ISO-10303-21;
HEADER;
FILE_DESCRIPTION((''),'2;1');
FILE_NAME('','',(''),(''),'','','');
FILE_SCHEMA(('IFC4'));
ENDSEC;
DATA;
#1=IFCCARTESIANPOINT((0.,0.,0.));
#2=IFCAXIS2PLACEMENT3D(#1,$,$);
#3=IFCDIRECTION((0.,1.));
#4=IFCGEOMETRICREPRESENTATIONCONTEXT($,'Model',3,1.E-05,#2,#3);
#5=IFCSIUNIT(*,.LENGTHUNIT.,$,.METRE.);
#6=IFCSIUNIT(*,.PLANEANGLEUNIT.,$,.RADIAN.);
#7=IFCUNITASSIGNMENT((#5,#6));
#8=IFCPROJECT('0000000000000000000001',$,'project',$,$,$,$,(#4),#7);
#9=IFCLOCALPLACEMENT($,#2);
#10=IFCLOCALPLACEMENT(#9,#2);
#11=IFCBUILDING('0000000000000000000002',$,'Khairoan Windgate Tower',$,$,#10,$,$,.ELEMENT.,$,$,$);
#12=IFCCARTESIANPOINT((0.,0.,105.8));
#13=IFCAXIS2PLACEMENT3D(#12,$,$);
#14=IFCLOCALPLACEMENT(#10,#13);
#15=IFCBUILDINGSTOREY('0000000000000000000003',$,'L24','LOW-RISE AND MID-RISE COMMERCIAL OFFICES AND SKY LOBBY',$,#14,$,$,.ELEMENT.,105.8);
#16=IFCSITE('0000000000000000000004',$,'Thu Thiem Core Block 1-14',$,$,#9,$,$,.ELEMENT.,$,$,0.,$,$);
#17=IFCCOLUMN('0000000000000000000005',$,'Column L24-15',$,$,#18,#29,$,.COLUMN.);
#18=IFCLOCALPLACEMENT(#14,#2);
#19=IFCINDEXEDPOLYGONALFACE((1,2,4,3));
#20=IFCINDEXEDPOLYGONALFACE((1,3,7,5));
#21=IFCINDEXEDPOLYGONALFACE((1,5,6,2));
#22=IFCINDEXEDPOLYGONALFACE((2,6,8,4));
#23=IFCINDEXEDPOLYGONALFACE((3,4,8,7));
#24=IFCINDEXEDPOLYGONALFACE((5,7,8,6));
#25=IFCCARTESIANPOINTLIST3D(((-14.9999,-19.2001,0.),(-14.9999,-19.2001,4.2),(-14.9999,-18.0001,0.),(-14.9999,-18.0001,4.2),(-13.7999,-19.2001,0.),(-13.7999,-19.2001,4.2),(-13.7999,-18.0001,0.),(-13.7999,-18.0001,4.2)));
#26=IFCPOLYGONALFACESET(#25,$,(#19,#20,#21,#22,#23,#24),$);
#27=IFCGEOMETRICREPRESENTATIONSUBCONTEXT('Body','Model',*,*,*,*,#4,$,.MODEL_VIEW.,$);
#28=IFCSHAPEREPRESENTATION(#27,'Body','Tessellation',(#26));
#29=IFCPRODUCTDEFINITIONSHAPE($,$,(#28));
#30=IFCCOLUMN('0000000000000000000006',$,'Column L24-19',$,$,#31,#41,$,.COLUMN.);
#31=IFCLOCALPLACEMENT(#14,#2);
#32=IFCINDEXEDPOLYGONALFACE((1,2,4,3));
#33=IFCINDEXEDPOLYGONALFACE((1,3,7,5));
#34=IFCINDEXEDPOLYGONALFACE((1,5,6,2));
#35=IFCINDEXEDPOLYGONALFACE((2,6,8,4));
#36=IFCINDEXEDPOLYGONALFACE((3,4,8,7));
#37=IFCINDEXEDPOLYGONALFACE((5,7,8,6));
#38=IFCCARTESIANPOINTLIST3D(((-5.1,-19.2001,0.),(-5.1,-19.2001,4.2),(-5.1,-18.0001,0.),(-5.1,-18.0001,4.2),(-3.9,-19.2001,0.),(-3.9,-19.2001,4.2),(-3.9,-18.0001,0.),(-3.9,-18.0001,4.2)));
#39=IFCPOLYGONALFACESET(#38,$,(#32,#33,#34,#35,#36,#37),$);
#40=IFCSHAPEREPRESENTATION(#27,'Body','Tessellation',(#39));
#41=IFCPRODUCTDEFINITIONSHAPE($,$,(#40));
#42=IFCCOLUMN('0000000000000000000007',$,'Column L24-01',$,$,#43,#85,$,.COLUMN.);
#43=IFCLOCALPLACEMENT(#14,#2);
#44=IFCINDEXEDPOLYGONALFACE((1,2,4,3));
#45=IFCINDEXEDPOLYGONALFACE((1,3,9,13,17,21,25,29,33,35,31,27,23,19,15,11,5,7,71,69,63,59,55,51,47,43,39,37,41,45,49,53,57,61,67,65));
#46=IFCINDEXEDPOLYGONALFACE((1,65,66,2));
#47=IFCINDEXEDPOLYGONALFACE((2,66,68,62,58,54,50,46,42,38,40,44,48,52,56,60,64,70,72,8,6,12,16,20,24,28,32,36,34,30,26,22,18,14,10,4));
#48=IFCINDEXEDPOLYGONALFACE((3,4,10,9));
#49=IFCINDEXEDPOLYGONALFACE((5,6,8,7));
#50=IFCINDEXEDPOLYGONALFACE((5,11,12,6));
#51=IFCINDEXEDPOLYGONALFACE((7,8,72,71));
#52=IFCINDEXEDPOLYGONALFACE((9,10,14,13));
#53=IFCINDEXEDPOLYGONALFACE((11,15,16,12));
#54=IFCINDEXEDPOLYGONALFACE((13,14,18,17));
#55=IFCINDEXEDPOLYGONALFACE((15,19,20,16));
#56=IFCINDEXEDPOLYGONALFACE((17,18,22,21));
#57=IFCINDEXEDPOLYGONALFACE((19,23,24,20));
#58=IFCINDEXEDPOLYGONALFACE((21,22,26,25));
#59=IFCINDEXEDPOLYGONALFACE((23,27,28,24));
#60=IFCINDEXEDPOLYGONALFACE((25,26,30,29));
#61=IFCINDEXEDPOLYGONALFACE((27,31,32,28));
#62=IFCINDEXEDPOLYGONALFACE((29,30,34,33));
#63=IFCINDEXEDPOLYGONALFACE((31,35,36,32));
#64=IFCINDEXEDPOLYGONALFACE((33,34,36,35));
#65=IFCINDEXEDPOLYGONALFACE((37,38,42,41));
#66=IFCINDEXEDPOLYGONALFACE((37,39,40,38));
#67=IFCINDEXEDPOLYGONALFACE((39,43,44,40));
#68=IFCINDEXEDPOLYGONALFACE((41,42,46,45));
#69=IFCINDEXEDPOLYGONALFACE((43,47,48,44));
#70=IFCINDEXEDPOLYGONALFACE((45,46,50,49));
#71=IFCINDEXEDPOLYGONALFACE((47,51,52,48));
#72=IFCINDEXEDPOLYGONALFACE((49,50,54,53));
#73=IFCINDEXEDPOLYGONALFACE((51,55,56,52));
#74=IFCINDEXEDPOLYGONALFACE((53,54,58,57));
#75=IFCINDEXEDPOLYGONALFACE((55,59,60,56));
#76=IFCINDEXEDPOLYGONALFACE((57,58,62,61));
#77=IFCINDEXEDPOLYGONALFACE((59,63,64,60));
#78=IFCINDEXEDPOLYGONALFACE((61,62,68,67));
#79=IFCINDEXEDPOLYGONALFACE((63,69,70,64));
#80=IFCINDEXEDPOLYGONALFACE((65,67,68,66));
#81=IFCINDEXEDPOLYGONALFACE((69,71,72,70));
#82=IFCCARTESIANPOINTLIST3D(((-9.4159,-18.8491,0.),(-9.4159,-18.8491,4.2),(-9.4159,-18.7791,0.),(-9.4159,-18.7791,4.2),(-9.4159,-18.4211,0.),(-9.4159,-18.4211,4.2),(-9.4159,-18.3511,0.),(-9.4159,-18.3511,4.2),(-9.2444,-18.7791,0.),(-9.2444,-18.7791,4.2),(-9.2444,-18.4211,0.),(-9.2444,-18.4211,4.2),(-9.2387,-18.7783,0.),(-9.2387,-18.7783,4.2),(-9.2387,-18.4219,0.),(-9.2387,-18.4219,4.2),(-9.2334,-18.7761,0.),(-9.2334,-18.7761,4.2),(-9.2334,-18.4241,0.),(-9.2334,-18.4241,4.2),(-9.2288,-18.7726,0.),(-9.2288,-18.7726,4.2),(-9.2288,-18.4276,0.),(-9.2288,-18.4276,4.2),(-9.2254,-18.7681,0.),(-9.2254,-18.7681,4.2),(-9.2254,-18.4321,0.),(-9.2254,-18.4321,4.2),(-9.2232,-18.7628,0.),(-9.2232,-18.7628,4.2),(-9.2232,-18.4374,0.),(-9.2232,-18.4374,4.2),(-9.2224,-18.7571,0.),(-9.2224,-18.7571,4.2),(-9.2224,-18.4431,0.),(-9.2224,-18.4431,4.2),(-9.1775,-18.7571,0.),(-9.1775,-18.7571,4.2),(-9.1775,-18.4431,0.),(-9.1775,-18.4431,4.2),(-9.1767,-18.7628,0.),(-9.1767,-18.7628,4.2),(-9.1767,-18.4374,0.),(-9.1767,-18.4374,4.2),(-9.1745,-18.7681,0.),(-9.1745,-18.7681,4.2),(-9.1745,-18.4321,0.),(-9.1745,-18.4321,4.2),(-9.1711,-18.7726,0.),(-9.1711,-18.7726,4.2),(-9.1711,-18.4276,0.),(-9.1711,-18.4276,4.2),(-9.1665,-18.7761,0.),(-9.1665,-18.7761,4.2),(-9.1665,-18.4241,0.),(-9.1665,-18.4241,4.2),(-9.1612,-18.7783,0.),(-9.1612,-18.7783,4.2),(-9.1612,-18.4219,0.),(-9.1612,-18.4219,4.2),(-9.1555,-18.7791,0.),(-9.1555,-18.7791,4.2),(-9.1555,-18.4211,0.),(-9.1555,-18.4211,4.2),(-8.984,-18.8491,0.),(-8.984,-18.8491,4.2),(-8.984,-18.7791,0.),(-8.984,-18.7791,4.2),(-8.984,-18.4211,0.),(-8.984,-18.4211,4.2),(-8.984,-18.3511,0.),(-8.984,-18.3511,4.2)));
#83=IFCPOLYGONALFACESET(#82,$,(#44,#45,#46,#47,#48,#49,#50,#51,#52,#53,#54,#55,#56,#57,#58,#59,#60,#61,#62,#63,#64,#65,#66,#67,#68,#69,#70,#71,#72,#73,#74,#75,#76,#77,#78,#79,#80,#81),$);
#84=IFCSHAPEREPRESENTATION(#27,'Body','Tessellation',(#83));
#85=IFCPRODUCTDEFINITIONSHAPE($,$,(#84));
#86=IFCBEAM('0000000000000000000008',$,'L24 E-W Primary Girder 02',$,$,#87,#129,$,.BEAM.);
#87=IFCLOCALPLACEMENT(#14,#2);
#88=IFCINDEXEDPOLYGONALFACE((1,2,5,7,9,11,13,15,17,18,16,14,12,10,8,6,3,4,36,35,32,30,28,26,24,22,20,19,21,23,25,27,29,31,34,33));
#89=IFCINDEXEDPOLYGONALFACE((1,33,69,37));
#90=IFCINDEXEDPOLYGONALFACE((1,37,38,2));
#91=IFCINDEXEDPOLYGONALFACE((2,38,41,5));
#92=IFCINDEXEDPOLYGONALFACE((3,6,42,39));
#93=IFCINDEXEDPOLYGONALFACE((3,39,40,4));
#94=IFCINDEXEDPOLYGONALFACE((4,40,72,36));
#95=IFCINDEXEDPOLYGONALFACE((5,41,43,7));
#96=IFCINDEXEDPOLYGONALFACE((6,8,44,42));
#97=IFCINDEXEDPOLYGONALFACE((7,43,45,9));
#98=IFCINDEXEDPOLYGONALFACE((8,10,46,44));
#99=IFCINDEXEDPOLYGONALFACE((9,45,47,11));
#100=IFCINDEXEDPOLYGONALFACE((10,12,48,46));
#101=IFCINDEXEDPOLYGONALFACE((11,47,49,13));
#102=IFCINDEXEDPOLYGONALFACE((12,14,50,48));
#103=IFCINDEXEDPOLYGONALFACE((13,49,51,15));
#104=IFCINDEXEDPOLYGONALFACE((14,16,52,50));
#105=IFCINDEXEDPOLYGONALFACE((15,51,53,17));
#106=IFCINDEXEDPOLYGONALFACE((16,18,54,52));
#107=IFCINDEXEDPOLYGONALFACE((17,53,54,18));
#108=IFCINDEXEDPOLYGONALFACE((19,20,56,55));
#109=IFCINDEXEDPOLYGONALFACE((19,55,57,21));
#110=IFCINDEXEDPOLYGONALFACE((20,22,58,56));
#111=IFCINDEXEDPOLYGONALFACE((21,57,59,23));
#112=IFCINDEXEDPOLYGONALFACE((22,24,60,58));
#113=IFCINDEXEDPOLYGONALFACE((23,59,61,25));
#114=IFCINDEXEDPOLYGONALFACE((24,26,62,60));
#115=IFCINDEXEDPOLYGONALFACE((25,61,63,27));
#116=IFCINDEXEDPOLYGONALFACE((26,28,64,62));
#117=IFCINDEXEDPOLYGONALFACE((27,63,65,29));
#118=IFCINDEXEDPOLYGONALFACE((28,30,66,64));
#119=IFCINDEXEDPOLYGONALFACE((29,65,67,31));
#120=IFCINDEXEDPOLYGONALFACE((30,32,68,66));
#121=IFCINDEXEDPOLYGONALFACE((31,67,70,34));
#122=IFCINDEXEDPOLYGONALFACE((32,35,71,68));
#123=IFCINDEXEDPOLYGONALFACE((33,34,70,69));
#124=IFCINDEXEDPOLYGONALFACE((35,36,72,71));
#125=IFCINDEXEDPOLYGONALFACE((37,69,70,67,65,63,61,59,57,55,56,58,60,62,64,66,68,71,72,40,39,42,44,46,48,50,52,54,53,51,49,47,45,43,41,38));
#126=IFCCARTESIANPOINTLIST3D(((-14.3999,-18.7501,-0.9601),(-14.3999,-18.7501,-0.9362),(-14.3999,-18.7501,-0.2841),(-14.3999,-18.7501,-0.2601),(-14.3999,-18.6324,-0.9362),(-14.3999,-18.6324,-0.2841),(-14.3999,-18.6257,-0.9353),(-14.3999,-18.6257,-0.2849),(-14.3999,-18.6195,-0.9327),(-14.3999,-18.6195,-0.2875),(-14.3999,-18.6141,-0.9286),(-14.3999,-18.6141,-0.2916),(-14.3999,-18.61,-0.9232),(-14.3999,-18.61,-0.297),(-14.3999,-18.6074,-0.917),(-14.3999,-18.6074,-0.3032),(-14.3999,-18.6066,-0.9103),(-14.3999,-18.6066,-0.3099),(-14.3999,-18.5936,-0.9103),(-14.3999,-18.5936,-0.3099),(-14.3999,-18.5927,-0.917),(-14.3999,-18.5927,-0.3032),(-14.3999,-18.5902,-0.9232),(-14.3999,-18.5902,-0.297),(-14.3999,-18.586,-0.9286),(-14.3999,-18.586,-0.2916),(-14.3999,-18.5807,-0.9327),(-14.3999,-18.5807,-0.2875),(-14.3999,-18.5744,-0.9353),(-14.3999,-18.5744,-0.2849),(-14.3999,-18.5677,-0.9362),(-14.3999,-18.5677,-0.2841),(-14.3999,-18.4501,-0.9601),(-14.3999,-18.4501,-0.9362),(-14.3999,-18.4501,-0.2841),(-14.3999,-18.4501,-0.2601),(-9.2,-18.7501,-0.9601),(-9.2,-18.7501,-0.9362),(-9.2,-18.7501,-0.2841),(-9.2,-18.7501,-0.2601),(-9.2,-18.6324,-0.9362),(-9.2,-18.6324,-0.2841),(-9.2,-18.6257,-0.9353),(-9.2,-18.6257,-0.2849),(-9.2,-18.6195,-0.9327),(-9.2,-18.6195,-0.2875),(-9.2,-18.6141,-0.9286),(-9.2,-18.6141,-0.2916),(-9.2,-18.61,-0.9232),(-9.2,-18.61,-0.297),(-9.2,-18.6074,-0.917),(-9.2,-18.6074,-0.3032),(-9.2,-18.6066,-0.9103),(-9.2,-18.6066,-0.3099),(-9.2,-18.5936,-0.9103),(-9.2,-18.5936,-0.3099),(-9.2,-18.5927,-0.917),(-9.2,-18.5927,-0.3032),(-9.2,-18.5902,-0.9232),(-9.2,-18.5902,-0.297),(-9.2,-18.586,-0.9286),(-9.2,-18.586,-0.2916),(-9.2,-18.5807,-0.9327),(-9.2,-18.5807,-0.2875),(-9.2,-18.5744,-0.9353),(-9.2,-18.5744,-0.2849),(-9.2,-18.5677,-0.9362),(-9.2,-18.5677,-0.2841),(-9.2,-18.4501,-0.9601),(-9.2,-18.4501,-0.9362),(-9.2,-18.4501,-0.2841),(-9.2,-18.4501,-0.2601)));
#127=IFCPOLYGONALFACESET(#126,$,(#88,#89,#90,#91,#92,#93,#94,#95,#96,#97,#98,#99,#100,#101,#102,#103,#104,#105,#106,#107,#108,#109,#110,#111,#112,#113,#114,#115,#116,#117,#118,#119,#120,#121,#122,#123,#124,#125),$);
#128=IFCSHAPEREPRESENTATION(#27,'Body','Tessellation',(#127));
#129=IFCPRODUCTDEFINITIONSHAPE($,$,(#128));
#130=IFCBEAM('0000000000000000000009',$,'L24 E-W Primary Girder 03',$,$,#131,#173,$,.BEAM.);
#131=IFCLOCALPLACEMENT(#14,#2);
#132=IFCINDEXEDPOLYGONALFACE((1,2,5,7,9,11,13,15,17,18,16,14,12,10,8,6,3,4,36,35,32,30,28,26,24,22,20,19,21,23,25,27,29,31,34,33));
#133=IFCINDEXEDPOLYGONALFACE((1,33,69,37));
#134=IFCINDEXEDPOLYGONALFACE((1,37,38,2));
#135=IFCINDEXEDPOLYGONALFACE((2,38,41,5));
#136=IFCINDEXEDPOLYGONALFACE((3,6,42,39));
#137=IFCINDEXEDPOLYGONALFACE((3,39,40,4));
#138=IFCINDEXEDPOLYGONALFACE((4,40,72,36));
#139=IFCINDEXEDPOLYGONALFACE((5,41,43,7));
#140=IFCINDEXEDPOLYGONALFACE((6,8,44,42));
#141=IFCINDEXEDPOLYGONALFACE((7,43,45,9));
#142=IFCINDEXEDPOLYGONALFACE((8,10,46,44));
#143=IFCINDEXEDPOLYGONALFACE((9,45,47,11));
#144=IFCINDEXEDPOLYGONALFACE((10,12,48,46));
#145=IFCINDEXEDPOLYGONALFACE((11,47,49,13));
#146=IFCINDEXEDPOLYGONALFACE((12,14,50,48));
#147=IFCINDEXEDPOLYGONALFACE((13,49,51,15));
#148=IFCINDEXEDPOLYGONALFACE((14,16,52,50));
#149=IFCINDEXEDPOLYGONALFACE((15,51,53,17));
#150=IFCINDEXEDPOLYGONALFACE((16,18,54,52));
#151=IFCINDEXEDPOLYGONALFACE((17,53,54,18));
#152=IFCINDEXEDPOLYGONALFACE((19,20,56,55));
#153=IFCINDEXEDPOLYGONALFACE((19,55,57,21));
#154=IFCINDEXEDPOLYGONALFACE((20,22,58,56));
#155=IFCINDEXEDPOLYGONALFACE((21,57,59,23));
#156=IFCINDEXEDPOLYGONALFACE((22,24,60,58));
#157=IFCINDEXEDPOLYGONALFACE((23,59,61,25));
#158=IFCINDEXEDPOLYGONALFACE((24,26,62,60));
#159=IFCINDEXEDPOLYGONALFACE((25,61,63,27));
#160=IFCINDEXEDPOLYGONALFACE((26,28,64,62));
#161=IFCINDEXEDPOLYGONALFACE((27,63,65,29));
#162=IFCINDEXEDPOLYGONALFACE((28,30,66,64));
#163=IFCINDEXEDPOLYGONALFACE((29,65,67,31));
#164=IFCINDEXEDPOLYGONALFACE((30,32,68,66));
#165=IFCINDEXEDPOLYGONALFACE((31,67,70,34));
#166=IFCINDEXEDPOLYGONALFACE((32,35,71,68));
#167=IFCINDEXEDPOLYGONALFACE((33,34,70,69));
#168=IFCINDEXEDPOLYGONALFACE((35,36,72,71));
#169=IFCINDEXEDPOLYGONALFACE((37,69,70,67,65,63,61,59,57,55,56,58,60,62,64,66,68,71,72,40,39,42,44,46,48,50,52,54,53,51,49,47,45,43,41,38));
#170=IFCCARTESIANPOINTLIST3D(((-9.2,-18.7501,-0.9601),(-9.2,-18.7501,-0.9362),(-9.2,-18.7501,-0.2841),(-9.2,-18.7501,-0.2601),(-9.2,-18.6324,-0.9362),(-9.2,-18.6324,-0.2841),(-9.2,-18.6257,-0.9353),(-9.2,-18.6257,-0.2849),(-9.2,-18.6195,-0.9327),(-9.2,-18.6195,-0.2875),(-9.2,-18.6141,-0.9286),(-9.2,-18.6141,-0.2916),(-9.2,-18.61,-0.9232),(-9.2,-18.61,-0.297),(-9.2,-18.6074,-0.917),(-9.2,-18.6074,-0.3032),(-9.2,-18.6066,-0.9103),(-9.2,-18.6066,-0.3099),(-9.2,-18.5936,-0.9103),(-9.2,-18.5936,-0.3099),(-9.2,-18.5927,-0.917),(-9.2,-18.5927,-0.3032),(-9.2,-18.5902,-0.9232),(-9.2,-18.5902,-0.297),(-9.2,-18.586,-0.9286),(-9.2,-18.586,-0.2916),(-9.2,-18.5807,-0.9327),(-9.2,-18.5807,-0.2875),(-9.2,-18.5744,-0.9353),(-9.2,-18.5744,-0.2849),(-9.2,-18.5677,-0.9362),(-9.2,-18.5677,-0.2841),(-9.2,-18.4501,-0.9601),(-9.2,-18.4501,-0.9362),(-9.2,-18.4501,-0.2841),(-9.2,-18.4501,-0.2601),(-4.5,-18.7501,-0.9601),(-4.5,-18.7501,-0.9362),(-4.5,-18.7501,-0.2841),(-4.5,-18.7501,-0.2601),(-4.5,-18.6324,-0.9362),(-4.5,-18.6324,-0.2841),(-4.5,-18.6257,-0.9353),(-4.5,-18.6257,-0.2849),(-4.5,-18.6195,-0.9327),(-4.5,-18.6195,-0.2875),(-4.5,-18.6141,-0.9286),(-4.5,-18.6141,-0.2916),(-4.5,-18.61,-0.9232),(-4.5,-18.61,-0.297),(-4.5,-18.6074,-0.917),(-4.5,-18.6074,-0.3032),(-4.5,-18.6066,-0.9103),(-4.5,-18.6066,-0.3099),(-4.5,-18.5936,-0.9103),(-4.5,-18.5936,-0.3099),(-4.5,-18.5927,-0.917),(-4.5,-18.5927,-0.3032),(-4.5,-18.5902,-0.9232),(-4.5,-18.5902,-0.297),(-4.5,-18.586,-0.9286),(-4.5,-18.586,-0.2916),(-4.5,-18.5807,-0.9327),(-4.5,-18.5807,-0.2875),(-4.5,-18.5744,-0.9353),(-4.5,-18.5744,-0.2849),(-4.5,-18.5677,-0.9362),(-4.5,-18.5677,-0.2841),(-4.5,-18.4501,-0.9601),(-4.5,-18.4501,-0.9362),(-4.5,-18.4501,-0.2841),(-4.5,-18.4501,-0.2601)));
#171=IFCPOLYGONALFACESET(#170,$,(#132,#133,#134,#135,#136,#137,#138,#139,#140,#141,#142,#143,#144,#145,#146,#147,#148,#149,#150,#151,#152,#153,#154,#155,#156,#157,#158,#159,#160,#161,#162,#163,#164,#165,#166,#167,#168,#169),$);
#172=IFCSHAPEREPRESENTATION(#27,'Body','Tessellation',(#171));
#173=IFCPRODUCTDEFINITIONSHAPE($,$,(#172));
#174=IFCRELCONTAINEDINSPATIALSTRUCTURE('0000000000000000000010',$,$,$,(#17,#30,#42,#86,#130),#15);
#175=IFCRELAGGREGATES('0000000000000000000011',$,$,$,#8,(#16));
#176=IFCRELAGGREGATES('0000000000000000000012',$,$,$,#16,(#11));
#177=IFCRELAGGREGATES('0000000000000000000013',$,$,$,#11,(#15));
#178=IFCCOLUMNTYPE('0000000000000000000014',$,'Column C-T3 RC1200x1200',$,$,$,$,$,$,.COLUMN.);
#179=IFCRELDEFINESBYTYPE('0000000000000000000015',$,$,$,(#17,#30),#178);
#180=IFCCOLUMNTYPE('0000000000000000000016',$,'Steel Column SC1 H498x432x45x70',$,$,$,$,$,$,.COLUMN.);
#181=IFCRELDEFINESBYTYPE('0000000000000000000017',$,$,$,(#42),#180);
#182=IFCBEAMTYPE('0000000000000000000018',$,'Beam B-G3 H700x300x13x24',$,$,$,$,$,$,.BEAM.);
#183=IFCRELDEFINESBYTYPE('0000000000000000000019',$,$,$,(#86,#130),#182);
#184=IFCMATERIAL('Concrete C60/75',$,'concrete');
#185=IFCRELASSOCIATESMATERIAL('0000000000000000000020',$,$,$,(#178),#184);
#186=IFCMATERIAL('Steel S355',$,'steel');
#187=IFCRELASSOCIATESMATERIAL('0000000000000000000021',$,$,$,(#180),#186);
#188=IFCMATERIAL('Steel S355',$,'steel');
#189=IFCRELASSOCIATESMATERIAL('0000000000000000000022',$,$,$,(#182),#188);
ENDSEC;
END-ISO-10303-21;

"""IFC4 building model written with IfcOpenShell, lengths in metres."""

from ifc_helpers import new_model, si_unit, direction, frame, origin, origin_2d, place, context, subcontext, project, spatial, rectangle, i_section, extrude, material, material_profile, profile_set, type_object, element, save


model = new_model("IFC4")

# Units and contexts
model_context = context("Model", 3, precision=1e-05, world=origin(), true_north=direction((0.0, 1.0)))
body_context = subcontext(model_context, "Body", "Model", "MODEL_VIEW")
ifc_project = project(units=[si_unit("LENGTHUNIT", "METRE"), si_unit("PLANEANGLEUNIT", "RADIAN")], contexts=[model_context])

# Site, building, storey
site_placement = place(None, origin())
site = spatial("IfcSite", under=ifc_project, at=site_placement, Name="Thu Thiem Core Block 1-14", CompositionType="ELEMENT", RefElevation=0.0)
building_placement = place(site_placement, origin())
building = spatial("IfcBuilding", under=site, at=building_placement, Name="Khairoan Windgate Tower", CompositionType="ELEMENT")
storey_placement = place(building_placement, frame((0.0, 0.0, 105.8)))
storey = spatial("IfcBuildingStorey", under=building, at=storey_placement, Name="L24", Description="LOW-RISE AND MID-RISE COMMERCIAL OFFICES AND SKY LOBBY", CompositionType="ELEMENT", Elevation=105.8)

# Columns
ifc_material_1 = material(Name="Concrete C60/75", Category="concrete")
ifc_material_profile_1 = material_profile(ifc_material_1, rectangle(XDim=1.2, YDim=1.2, at=origin_2d()))
ifc_profile_set_1 = profile_set([ifc_material_profile_1], Name="Concrete C60/75")
column_type_1 = type_object("IfcColumnType", Name="Column C-T3 RC1200x1200", PredefinedType="COLUMN", material=ifc_profile_set_1)
for number, where, z_axis, x_axis, name in (
    (1, (-14.3999, -18.6001, 0.0), (0.0, 0.0, 1.0), (1.0, 0.0, 0.0), "Column L24-15"),
    (2, (-4.5, -18.6001, 0.0), (0.0, 0.0, 1.0), (1.0, 0.0, 0.0), "Column L24-19"),
):
    element("IfcColumn", number, at=place(storey_placement, frame(where, z_axis=z_axis, x_axis=x_axis)), inside=storey, type_object=column_type_1, Name=name, PredefinedType="COLUMN", context=body_context, shape_type="SweptSolid", body=[
        extrude(rectangle(XDim=1.2, YDim=1.2, at=origin_2d()), origin(), (0.0, 0.0, 1.0), 4.2),
    ])
ifc_material_2 = material(Name="Steel S355", Category="steel")
ifc_material_profile_2 = material_profile(ifc_material_2, i_section(OverallWidth=0.4319, OverallDepth=0.498, WebThickness=0.0449, FlangeThickness=0.0701, FilletRadius=0.022, at=origin_2d()))
ifc_profile_set_2 = profile_set([ifc_material_profile_2], Name="Steel S355")
column_type_2 = type_object("IfcColumnType", Name="Steel Column SC1 H498x432x45x70", PredefinedType="COLUMN", material=ifc_profile_set_2)
column_placement = place(storey_placement, frame((-9.2, -18.6001, 0.0), z_axis=(0.0, 0.0, 1.0), x_axis=(1.0, 0.0, 0.0)))
element("IfcColumn", 3, at=column_placement, inside=storey, type_object=column_type_2, Name="Column L24-01", PredefinedType="COLUMN", context=body_context, shape_type="SweptSolid", body=[
    extrude(i_section(OverallWidth=0.4319, OverallDepth=0.498, WebThickness=0.0449, FlangeThickness=0.0701, FilletRadius=0.022, at=origin_2d()), origin(), (0.0, 0.0, 1.0), 4.2),
])

# Beams
ifc_material_3 = material(Name="Steel S355", Category="steel")
ifc_material_profile_3 = material_profile(ifc_material_3, i_section(OverallWidth=0.3, OverallDepth=0.7, WebThickness=0.0129, FlangeThickness=0.0239, FilletRadius=0.0259, at=origin_2d()))
ifc_profile_set_3 = profile_set([ifc_material_profile_3], Name="Steel S355")
beam_type_1 = type_object("IfcBeamType", Name="Beam B-G3 H700x300x13x24", PredefinedType="BEAM", material=ifc_profile_set_3)
beam_1_placement = place(storey_placement, frame((-14.3999, -18.6001, -0.6101), z_axis=(1.0, 0.0, 0.0), x_axis=(0.0, 1.0, 0.0)))
element("IfcBeam", 4, at=beam_1_placement, inside=storey, type_object=beam_type_1, Name="L24 E-W Primary Girder 02", PredefinedType="BEAM", context=body_context, shape_type="SweptSolid", body=[
    extrude(i_section(OverallWidth=0.3, OverallDepth=0.7, WebThickness=0.0129, FlangeThickness=0.0239, FilletRadius=0.0259, at=origin_2d()), origin(), (0.0, 0.0, 1.0), 5.2),
])
beam_2_placement = place(storey_placement, frame((-9.2, -18.6001, -0.6101), z_axis=(1.0, 0.0, 0.0), x_axis=(0.0, 1.0, 0.0)))
element("IfcBeam", 5, at=beam_2_placement, inside=storey, type_object=beam_type_1, Name="L24 E-W Primary Girder 03", PredefinedType="BEAM", context=body_context, shape_type="SweptSolid", body=[
    extrude(i_section(OverallWidth=0.3, OverallDepth=0.7, WebThickness=0.0129, FlangeThickness=0.0239, FilletRadius=0.0259, at=origin_2d()), origin(), (0.0, 0.0, 1.0), 4.7),
])

save(model, "model.ifc")
